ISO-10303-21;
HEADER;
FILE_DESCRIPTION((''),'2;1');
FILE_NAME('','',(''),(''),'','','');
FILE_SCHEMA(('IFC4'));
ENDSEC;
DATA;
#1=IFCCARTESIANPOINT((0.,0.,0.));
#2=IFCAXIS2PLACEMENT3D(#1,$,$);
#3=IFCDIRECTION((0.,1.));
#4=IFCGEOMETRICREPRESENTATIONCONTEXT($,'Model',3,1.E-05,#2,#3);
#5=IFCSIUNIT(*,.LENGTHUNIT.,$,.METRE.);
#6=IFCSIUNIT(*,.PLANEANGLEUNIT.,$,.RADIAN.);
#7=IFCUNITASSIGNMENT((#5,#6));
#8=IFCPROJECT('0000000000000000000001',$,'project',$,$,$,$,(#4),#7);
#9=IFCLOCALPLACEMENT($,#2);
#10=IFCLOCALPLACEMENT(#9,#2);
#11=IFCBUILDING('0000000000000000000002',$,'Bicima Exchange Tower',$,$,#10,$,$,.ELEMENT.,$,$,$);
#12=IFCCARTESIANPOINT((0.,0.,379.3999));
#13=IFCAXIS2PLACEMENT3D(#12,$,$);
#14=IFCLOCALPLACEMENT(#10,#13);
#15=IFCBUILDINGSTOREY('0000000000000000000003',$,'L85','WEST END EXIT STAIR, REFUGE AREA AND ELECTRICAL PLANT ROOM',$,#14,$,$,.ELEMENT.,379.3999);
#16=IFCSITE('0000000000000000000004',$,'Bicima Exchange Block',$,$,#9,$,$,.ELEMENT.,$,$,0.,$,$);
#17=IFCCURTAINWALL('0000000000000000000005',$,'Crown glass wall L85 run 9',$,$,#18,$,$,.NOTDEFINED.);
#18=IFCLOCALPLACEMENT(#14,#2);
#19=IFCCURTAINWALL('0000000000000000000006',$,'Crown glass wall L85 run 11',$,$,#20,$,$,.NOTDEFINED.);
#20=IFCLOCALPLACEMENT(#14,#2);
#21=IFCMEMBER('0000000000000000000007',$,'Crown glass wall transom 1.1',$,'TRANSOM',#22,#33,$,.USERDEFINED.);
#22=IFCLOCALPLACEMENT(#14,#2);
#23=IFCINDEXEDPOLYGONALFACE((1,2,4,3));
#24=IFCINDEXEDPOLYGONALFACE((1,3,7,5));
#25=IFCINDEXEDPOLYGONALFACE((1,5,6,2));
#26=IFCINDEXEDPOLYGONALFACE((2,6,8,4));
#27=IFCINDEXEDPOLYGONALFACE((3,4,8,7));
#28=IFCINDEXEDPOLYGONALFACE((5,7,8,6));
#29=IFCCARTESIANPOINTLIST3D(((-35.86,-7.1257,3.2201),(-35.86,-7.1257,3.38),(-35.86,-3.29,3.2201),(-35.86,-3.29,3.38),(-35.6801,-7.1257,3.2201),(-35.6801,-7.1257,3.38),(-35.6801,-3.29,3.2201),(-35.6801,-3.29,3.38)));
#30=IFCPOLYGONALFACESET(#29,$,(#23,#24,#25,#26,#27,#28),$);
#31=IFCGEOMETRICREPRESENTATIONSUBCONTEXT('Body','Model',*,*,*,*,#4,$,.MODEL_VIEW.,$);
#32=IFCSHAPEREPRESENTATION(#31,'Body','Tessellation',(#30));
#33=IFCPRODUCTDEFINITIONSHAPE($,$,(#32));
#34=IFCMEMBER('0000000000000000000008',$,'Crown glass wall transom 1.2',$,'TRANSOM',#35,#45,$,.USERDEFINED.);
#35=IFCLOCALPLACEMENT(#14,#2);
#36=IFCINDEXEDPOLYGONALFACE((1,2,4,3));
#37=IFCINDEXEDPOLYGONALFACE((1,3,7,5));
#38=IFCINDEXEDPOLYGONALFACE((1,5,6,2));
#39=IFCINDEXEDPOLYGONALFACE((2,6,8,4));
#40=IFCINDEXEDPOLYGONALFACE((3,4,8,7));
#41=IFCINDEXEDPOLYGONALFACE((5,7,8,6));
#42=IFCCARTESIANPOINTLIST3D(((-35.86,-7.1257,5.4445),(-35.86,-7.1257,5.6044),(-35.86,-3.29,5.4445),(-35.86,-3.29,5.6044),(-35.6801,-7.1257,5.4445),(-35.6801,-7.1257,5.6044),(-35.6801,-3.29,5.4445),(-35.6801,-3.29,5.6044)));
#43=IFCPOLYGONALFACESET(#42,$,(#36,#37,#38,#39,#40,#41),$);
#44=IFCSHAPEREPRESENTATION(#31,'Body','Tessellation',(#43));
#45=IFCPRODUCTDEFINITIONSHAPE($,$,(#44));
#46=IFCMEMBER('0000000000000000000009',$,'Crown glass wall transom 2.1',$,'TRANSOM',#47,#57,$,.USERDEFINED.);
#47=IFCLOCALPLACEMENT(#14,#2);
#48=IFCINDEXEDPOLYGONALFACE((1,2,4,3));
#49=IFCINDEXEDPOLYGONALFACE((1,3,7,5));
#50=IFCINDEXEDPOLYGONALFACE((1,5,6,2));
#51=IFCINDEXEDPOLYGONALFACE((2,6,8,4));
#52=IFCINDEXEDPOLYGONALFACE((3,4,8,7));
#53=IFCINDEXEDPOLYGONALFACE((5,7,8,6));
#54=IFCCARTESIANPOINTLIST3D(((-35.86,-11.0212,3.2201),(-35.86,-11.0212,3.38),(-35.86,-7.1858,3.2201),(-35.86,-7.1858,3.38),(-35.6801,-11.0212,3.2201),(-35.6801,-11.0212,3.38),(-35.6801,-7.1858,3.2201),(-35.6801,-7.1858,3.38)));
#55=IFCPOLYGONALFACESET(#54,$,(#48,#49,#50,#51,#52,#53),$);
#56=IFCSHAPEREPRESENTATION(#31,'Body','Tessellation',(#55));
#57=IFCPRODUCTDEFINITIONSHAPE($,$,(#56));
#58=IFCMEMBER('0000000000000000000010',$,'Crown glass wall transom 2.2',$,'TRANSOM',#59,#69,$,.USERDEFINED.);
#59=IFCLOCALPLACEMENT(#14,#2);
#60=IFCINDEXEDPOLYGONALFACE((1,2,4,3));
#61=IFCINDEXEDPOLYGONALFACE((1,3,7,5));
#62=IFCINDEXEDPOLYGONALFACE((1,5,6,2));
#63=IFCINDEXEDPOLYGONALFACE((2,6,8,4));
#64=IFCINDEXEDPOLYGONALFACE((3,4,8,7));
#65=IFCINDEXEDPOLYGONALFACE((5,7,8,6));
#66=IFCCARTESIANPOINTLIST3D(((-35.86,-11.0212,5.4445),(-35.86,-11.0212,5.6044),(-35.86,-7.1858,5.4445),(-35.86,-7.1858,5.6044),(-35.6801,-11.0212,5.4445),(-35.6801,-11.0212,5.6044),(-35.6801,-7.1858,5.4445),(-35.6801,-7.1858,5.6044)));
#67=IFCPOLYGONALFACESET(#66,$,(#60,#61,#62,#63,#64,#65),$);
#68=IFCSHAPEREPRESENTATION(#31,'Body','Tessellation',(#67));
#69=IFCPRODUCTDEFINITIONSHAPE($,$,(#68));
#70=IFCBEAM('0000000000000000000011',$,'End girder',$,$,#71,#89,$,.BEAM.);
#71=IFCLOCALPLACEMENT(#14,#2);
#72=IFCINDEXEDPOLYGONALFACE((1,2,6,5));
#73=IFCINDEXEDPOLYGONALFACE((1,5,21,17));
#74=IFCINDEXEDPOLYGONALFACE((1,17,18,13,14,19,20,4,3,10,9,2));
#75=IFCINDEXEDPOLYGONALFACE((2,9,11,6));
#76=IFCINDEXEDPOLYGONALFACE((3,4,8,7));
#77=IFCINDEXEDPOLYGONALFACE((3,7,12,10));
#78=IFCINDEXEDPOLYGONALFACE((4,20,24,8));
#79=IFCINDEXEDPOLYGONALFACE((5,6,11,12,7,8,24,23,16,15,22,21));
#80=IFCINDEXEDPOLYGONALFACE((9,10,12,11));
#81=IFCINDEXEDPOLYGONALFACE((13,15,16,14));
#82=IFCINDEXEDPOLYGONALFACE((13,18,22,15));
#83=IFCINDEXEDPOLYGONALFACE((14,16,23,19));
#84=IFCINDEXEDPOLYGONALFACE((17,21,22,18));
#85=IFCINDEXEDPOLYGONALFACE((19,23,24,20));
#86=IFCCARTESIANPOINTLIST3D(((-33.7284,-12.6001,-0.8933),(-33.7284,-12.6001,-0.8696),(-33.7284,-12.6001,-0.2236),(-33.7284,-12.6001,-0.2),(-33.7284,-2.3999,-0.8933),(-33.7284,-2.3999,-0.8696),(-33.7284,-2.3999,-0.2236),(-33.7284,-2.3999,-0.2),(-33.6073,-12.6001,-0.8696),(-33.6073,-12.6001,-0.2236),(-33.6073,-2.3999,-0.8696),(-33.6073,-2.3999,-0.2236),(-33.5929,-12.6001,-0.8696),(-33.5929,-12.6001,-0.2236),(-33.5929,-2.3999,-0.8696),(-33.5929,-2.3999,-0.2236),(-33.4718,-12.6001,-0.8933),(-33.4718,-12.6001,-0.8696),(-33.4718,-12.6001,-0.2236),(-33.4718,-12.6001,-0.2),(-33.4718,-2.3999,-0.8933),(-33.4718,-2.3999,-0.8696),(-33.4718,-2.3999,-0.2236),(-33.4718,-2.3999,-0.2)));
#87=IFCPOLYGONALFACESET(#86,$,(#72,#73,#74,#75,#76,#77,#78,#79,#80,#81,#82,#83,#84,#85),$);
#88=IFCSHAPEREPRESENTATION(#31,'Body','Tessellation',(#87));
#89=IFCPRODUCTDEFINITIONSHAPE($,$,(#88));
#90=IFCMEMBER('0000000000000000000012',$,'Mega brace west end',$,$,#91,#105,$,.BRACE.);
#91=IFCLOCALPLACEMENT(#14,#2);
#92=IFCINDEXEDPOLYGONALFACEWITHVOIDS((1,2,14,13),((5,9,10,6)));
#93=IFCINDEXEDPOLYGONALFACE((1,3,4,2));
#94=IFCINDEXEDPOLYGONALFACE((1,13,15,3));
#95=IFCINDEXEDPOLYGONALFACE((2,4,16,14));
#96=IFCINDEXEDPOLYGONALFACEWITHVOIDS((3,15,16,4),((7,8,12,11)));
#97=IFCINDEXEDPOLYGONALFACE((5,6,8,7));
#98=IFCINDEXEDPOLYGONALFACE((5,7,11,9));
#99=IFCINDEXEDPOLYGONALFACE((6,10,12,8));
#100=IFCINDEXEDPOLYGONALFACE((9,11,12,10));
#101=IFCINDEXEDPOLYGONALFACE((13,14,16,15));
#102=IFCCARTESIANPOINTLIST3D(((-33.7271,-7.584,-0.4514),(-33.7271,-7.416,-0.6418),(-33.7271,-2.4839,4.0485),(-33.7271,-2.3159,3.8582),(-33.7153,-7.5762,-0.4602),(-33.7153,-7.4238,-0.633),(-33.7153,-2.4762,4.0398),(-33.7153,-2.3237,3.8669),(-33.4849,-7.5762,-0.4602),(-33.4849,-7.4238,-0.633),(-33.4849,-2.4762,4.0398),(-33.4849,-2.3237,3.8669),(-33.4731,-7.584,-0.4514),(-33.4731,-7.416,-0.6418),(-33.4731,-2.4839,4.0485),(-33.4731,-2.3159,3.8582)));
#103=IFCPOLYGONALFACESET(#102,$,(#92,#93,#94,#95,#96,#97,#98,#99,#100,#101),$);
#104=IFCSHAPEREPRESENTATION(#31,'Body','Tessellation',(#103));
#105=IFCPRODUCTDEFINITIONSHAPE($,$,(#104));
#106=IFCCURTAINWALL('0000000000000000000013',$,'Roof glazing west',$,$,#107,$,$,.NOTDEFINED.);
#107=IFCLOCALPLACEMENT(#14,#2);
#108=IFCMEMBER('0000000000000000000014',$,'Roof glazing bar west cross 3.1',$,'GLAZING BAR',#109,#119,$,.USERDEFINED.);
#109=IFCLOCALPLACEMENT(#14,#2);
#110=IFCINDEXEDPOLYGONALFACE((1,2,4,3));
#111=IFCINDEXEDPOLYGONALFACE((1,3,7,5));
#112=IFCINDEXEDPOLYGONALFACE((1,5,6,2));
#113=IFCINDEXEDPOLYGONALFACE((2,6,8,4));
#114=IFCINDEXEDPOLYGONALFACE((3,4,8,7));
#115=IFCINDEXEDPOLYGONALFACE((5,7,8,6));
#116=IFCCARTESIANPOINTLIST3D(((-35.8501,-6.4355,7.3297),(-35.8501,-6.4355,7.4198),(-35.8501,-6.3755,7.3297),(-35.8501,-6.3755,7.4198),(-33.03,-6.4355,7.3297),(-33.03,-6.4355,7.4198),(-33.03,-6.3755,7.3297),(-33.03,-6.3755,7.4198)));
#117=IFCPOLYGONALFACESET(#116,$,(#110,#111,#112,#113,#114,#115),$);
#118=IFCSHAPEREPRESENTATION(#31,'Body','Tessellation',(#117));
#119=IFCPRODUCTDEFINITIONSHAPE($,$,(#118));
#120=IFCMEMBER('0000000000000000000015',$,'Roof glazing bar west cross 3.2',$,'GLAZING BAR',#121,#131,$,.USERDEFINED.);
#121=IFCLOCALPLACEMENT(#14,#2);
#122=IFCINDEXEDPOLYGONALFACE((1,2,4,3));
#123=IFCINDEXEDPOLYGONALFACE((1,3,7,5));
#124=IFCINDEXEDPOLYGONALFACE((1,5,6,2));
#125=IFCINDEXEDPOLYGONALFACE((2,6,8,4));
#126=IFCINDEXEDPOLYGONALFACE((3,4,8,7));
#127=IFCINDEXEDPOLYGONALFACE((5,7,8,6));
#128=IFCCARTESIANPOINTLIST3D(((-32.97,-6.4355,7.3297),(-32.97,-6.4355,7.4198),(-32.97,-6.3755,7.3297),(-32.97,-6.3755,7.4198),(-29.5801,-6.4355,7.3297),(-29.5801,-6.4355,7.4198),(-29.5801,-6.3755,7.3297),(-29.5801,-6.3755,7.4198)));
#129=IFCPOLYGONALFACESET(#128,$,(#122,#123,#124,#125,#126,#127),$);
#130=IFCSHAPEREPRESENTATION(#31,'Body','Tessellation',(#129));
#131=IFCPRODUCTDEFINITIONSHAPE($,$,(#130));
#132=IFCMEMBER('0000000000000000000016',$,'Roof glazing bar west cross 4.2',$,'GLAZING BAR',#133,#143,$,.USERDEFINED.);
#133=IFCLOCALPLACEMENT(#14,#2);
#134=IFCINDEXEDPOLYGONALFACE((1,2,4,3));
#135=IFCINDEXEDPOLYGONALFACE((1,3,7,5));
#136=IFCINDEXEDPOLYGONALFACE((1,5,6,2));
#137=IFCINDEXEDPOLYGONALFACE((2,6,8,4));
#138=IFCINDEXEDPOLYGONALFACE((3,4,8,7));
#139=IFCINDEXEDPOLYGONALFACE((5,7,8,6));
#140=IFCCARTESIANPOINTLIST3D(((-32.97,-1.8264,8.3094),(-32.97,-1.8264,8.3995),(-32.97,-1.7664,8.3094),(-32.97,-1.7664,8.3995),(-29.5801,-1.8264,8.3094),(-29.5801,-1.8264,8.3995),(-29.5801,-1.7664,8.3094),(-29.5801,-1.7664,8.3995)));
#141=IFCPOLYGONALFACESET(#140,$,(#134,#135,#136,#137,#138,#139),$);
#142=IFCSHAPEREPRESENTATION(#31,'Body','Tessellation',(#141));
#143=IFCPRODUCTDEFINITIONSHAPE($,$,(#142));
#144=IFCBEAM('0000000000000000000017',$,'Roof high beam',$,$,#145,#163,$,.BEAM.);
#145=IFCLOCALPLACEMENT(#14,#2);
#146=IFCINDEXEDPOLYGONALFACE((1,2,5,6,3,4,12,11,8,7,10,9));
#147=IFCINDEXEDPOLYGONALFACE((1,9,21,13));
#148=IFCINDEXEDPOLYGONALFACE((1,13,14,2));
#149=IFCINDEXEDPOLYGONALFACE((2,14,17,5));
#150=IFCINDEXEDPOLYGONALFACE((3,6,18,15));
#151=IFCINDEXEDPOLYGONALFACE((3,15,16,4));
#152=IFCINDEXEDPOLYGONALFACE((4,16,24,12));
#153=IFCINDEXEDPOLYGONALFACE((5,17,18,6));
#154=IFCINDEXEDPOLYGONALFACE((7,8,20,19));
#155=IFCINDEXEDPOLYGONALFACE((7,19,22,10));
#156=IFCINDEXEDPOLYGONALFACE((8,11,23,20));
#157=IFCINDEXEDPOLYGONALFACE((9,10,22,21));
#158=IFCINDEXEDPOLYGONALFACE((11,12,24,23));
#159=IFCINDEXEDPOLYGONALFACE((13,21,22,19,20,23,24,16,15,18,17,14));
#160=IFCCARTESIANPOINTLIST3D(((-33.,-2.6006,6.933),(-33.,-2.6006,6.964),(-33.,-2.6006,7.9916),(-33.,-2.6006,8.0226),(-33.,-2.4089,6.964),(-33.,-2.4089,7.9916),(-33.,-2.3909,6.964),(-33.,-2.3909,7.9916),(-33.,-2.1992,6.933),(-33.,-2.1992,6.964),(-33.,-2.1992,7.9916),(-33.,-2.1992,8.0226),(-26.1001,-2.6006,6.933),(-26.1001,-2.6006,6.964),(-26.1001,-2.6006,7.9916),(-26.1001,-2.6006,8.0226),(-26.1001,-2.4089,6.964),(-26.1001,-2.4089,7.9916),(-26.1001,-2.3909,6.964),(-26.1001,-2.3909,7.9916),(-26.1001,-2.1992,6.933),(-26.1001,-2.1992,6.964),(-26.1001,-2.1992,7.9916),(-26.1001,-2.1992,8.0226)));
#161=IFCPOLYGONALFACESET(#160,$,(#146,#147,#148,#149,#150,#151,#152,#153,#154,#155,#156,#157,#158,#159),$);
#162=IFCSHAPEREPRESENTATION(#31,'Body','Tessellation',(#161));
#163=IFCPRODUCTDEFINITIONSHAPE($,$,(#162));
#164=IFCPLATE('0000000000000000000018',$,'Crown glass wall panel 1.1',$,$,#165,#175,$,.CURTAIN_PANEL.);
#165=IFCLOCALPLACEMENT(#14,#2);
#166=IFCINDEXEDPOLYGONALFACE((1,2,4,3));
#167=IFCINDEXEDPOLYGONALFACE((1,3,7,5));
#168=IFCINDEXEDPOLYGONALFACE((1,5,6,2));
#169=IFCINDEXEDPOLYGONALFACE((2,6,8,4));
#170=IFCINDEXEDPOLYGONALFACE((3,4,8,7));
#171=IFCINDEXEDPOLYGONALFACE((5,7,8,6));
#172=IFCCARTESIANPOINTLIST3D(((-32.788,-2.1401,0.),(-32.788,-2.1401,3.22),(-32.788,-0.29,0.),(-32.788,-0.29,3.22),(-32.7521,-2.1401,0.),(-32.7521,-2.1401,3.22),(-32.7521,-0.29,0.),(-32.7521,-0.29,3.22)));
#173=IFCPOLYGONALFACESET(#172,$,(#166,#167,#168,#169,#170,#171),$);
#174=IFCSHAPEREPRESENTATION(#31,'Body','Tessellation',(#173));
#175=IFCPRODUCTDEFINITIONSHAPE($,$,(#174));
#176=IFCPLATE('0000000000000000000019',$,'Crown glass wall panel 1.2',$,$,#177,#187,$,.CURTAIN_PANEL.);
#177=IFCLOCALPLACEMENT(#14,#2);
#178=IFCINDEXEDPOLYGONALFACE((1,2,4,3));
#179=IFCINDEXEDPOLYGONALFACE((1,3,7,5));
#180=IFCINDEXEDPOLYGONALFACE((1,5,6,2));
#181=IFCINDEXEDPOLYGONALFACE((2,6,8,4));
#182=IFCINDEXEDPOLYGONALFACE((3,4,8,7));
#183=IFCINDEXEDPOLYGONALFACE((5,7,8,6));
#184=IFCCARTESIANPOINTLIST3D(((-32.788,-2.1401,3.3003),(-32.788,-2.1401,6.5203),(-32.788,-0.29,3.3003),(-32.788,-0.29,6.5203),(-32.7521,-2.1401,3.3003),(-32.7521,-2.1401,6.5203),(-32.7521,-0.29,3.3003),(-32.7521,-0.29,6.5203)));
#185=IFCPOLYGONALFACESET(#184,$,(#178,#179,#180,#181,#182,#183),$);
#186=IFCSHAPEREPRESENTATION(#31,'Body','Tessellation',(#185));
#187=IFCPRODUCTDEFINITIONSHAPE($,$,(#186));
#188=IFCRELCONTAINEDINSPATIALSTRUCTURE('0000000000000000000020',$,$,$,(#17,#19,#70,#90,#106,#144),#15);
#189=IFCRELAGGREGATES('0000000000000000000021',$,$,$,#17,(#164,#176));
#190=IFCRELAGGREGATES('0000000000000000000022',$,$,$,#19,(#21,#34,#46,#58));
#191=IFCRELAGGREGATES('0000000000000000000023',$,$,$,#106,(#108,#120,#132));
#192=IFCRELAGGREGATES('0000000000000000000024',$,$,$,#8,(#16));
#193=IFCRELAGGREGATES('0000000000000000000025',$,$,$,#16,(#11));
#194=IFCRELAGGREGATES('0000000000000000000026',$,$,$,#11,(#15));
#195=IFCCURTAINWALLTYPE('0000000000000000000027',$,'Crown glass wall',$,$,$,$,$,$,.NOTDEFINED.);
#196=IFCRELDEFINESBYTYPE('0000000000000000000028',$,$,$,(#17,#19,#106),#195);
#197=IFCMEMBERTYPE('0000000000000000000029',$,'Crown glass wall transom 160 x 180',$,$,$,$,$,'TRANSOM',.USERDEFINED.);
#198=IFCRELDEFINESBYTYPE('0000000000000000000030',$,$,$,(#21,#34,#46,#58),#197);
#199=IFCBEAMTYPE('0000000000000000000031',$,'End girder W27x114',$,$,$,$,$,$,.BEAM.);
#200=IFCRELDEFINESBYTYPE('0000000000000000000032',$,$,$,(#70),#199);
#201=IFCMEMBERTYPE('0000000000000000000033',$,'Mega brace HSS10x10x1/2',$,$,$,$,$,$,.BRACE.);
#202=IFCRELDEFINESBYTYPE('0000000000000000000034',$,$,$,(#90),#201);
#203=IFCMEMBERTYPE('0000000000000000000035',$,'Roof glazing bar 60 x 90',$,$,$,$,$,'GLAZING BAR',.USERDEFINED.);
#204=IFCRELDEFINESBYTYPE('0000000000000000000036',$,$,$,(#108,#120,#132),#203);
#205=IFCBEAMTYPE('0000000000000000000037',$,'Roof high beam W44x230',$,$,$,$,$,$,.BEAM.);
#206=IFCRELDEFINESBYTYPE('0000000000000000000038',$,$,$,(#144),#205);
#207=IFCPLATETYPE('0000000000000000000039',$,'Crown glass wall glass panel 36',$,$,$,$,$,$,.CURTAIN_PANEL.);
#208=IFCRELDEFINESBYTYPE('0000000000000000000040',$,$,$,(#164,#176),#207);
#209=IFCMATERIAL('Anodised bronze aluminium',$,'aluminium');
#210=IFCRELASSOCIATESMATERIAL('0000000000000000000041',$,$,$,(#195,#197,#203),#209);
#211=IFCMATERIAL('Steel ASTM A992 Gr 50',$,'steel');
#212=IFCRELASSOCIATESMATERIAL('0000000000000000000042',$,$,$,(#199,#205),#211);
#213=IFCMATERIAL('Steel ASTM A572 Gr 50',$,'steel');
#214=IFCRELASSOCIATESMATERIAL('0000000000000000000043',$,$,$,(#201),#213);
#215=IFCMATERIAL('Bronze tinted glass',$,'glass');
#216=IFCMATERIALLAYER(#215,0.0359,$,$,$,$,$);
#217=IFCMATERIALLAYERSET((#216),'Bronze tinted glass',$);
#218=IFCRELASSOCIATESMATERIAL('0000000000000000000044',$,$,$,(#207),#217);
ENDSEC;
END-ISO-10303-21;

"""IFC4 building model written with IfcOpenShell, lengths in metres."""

from ifc_helpers import new_model, si_unit, direction, frame, origin, origin_2d, place, context, subcontext, project, spatial, rectangle, hollow_rectangle, i_section, extrude, material, layer, layer_set, material_profile, profile_set, type_object, element, aggregate, save


model = new_model("IFC4")

# Units and contexts
model_context = context("Model", 3, precision=1e-05, world=origin(), true_north=direction((0.0, 1.0)))
body_context = subcontext(model_context, "Body", "Model", "MODEL_VIEW")
ifc_project = project(units=[si_unit("LENGTHUNIT", "METRE"), si_unit("PLANEANGLEUNIT", "RADIAN")], contexts=[model_context])

# Site, building, storey
site_placement = place(None, origin())
site = spatial("IfcSite", under=ifc_project, at=site_placement, Name="Bicima Exchange Block", CompositionType="ELEMENT", RefElevation=0.0)
building_placement = place(site_placement, origin())
building = spatial("IfcBuilding", under=site, at=building_placement, Name="Bicima Exchange Tower", CompositionType="ELEMENT")
storey_placement = place(building_placement, frame((0.0, 0.0, 379.3999)))
storey = spatial("IfcBuildingStorey", under=building, at=storey_placement, Name="L85", Description="WEST END EXIT STAIR, REFUGE AREA AND ELECTRICAL PLANT ROOM", CompositionType="ELEMENT", Elevation=379.3999)

# Shared definitions
ifc_material_1 = material(Name="Steel ASTM A572 Gr 50", Category="steel")

# Curtain wall
ifc_material_2 = material(Name="Anodised bronze aluminium", Category="aluminium")
curtain_wall_type = type_object("IfcCurtainWallType", Name="Crown glass wall", PredefinedType="NOTDEFINED", material=ifc_material_2)
curtain_wall_1_placement = place(storey_placement, origin())
curtain_wall_1 = element("IfcCurtainWall", 1, at=curtain_wall_1_placement, inside=storey, type_object=curtain_wall_type, Name="Crown glass wall L85 run 9", PredefinedType="NOTDEFINED")

# Curtain wall
curtain_wall_2_placement = place(storey_placement, origin())
curtain_wall_2 = element("IfcCurtainWall", 2, at=curtain_wall_2_placement, inside=storey, type_object=curtain_wall_type, Name="Crown glass wall L85 run 11", PredefinedType="NOTDEFINED")

# Members
ifc_material_profile_1 = material_profile(ifc_material_2, rectangle(XDim=0.1799, YDim=0.1599, at=origin_2d()))
ifc_profile_set_1 = profile_set([ifc_material_profile_1], Name="Anodised bronze aluminium")
member_type_1 = type_object("IfcMemberType", Name="Crown glass wall transom 160 x 180", ElementType="TRANSOM", PredefinedType="USERDEFINED", material=ifc_profile_set_1)
member_1_placement = place(storey_placement, frame((-35.77, -3.29, 3.3), z_axis=(0.0, -1.0, 0.0), x_axis=(1.0, 0.0, 0.0)))
member_1 = element("IfcMember", 3, at=member_1_placement, type_object=member_type_1, Name="Crown glass wall transom 1.1", ObjectType="TRANSOM", PredefinedType="USERDEFINED", context=body_context, shape_type="SweptSolid", body=[
    extrude(rectangle(XDim=0.1799, YDim=0.1599, at=origin_2d()), origin(), (0.0, 0.0, 1.0), 3.8357),
])
member_2_placement = place(storey_placement, frame((-35.77, -3.29, 5.5244), z_axis=(0.0, -1.0, 0.0), x_axis=(1.0, 0.0, 0.0)))
member_2 = element("IfcMember", 4, at=member_2_placement, type_object=member_type_1, Name="Crown glass wall transom 1.2", ObjectType="TRANSOM", PredefinedType="USERDEFINED", context=body_context, shape_type="SweptSolid", body=[
    extrude(rectangle(XDim=0.1799, YDim=0.1599, at=origin_2d()), origin(), (0.0, 0.0, 1.0), 3.8357),
])
member_3_placement = place(storey_placement, frame((-35.77, -7.1858, 3.3), z_axis=(0.0, -1.0, 0.0), x_axis=(1.0, 0.0, 0.0)))
member_3 = element("IfcMember", 5, at=member_3_placement, type_object=member_type_1, Name="Crown glass wall transom 2.1", ObjectType="TRANSOM", PredefinedType="USERDEFINED", context=body_context, shape_type="SweptSolid", body=[
    extrude(rectangle(XDim=0.1799, YDim=0.1599, at=origin_2d()), origin(), (0.0, 0.0, 1.0), 3.8354),
])
member_4_placement = place(storey_placement, frame((-35.77, -7.1858, 5.5244), z_axis=(0.0, -1.0, 0.0), x_axis=(1.0, 0.0, 0.0)))
member_4 = element("IfcMember", 6, at=member_4_placement, type_object=member_type_1, Name="Crown glass wall transom 2.2", ObjectType="TRANSOM", PredefinedType="USERDEFINED", context=body_context, shape_type="SweptSolid", body=[
    extrude(rectangle(XDim=0.1799, YDim=0.1599, at=origin_2d()), origin(), (0.0, 0.0, 1.0), 3.8354),
])

# Beam
ifc_material_3 = material(Name="Steel ASTM A992 Gr 50", Category="steel")
ifc_material_profile_2 = material_profile(ifc_material_3, i_section(OverallWidth=0.2566, OverallDepth=0.6934, WebThickness=0.0144, FlangeThickness=0.0237, at=origin_2d()))
ifc_profile_set_2 = profile_set([ifc_material_profile_2], Name="Steel ASTM A992 Gr 50")
beam_type_1 = type_object("IfcBeamType", Name="End girder W27x114", PredefinedType="BEAM", material=ifc_profile_set_2)
beam_1_placement = place(storey_placement, frame((-33.6001, -2.3999, -0.5466), z_axis=(0.0, -1.0, 0.0), x_axis=(1.0, 0.0, 0.0)))
element("IfcBeam", 7, at=beam_1_placement, inside=storey, type_object=beam_type_1, Name="End girder", PredefinedType="BEAM", context=body_context, shape_type="SweptSolid", body=[
    extrude(i_section(OverallWidth=0.2566, OverallDepth=0.6934, WebThickness=0.0144, FlangeThickness=0.0237, at=origin_2d()), origin(), (0.0, 0.0, 1.0), 10.2002),
])

# Member
ifc_material_profile_3 = material_profile(ifc_material_1, hollow_rectangle(XDim=0.2539, YDim=0.2539, WallThickness=0.0117, at=origin_2d()))
ifc_profile_set_3 = profile_set([ifc_material_profile_3], Name="Steel ASTM A572 Gr 50")
member_type_2 = type_object("IfcMemberType", Name="Mega brace HSS10x10x1/2", PredefinedType="BRACE", material=ifc_profile_set_3)
member_5_placement = place(storey_placement, frame((-33.6001, -7.5, -0.5466), z_axis=(0.0, 0.749844, 0.661615), x_axis=(-1.0, 0.0, 0.0)))
element("IfcMember", 8, at=member_5_placement, inside=storey, type_object=member_type_2, Name="Mega brace west end", PredefinedType="BRACE", context=body_context, shape_type="SweptSolid", body=[
    extrude(hollow_rectangle(XDim=0.2539, YDim=0.2539, WallThickness=0.0117, at=origin_2d()), origin(), (0.0, 0.0, 1.0), 6.8015),
])

# Curtain wall, members
curtain_wall_3_placement = place(storey_placement, origin())
curtain_wall_3 = element("IfcCurtainWall", 9, at=curtain_wall_3_placement, inside=storey, type_object=curtain_wall_type, Name="Roof glazing west", PredefinedType="NOTDEFINED")
ifc_material_profile_4 = material_profile(ifc_material_2, rectangle(XDim=0.0601, YDim=0.0901, at=origin_2d()))
ifc_profile_set_4 = profile_set([ifc_material_profile_4], Name="Anodised bronze aluminium")
member_type_3 = type_object("IfcMemberType", Name="Roof glazing bar 60 x 90", ElementType="GLAZING BAR", PredefinedType="USERDEFINED", material=ifc_profile_set_4)
member_6_placement = place(storey_placement, frame((-35.8501, -6.4055, 7.3748), z_axis=(1.0, 0.0, 0.0), x_axis=(0.0, 1.0, 0.0)))
member_6 = element("IfcMember", 10, at=member_6_placement, type_object=member_type_3, Name="Roof glazing bar west cross 3.1", ObjectType="GLAZING BAR", PredefinedType="USERDEFINED", context=body_context, shape_type="SweptSolid", body=[
    extrude(rectangle(XDim=0.0601, YDim=0.0901, at=origin_2d()), origin(), (0.0, 0.0, 1.0), 2.8201),
])
member_7_placement = place(storey_placement, frame((-32.97, -6.4055, 7.3748), z_axis=(1.0, 0.0, 0.0), x_axis=(0.0, 1.0, 0.0)))
member_7 = element("IfcMember", 11, at=member_7_placement, type_object=member_type_3, Name="Roof glazing bar west cross 3.2", ObjectType="GLAZING BAR", PredefinedType="USERDEFINED", context=body_context, shape_type="SweptSolid", body=[
    extrude(rectangle(XDim=0.0601, YDim=0.0901, at=origin_2d()), origin(), (0.0, 0.0, 1.0), 3.3899),
])
member_8_placement = place(storey_placement, frame((-32.97, -1.7964, 8.3545), z_axis=(1.0, 0.0, 0.0), x_axis=(0.0, 1.0, 0.0)))
member_8 = element("IfcMember", 12, at=member_8_placement, type_object=member_type_3, Name="Roof glazing bar west cross 4.2", ObjectType="GLAZING BAR", PredefinedType="USERDEFINED", context=body_context, shape_type="SweptSolid", body=[
    extrude(rectangle(XDim=0.0601, YDim=0.0901, at=origin_2d()), origin(), (0.0, 0.0, 1.0), 3.3899),
])

# Beam
ifc_material_profile_5 = material_profile(ifc_material_3, i_section(OverallWidth=0.4014, OverallDepth=1.0896, WebThickness=0.0181, FlangeThickness=0.031, at=origin_2d()))
ifc_profile_set_5 = profile_set([ifc_material_profile_5], Name="Steel ASTM A992 Gr 50")
beam_type_2 = type_object("IfcBeamType", Name="Roof high beam W44x230", PredefinedType="BEAM", material=ifc_profile_set_5)
beam_2_placement = place(storey_placement, frame((-33.0, -2.3999, 7.4778), z_axis=(1.0, 0.0, 0.0), x_axis=(0.0, 1.0, 0.0)))
element("IfcBeam", 13, at=beam_2_placement, inside=storey, type_object=beam_type_2, Name="Roof high beam", PredefinedType="BEAM", context=body_context, shape_type="SweptSolid", body=[
    extrude(i_section(OverallWidth=0.4014, OverallDepth=1.0896, WebThickness=0.0181, FlangeThickness=0.031, at=origin_2d()), origin(), (0.0, 0.0, 1.0), 6.8999),
])

# Plates
ifc_material_4 = material(Name="Bronze tinted glass", Category="glass")
ifc_layer_1 = layer(ifc_material_4, 0.0359)
ifc_layer_set_1 = layer_set([ifc_layer_1], Name="Bronze tinted glass")
plate_type_1 = type_object("IfcPlateType", Name="Crown glass wall glass panel 36", PredefinedType="CURTAIN_PANEL", material=ifc_layer_set_1)
plate_1_placement = place(storey_placement, frame((-32.77, -1.2151, 0.0), z_axis=(0.0, 0.0, 1.0), x_axis=(0.0, -1.0, 0.0)))
plate_1 = element("IfcPlate", 14, at=plate_1_placement, type_object=plate_type_1, Name="Crown glass wall panel 1.1", PredefinedType="CURTAIN_PANEL", context=body_context, shape_type="SweptSolid", body=[
    extrude(rectangle(XDim=1.8501, YDim=0.0359, at=origin_2d()), origin(), (0.0, 0.0, 1.0), 3.22),
])
plate_2_placement = place(storey_placement, frame((-32.77, -1.2151, 3.3003), z_axis=(0.0, 0.0, 1.0), x_axis=(0.0, -1.0, 0.0)))
plate_2 = element("IfcPlate", 15, at=plate_2_placement, type_object=plate_type_1, Name="Crown glass wall panel 1.2", PredefinedType="CURTAIN_PANEL", context=body_context, shape_type="SweptSolid", body=[
    extrude(rectangle(XDim=1.8501, YDim=0.0359, at=origin_2d()), origin(), (0.0, 0.0, 1.0), 3.22),
])
aggregate(curtain_wall_1, [plate_1, plate_2])
aggregate(curtain_wall_2, [member_1, member_2, member_3, member_4])

aggregate(curtain_wall_3, [member_6, member_7, member_8])

save(model, "model.ifc")
